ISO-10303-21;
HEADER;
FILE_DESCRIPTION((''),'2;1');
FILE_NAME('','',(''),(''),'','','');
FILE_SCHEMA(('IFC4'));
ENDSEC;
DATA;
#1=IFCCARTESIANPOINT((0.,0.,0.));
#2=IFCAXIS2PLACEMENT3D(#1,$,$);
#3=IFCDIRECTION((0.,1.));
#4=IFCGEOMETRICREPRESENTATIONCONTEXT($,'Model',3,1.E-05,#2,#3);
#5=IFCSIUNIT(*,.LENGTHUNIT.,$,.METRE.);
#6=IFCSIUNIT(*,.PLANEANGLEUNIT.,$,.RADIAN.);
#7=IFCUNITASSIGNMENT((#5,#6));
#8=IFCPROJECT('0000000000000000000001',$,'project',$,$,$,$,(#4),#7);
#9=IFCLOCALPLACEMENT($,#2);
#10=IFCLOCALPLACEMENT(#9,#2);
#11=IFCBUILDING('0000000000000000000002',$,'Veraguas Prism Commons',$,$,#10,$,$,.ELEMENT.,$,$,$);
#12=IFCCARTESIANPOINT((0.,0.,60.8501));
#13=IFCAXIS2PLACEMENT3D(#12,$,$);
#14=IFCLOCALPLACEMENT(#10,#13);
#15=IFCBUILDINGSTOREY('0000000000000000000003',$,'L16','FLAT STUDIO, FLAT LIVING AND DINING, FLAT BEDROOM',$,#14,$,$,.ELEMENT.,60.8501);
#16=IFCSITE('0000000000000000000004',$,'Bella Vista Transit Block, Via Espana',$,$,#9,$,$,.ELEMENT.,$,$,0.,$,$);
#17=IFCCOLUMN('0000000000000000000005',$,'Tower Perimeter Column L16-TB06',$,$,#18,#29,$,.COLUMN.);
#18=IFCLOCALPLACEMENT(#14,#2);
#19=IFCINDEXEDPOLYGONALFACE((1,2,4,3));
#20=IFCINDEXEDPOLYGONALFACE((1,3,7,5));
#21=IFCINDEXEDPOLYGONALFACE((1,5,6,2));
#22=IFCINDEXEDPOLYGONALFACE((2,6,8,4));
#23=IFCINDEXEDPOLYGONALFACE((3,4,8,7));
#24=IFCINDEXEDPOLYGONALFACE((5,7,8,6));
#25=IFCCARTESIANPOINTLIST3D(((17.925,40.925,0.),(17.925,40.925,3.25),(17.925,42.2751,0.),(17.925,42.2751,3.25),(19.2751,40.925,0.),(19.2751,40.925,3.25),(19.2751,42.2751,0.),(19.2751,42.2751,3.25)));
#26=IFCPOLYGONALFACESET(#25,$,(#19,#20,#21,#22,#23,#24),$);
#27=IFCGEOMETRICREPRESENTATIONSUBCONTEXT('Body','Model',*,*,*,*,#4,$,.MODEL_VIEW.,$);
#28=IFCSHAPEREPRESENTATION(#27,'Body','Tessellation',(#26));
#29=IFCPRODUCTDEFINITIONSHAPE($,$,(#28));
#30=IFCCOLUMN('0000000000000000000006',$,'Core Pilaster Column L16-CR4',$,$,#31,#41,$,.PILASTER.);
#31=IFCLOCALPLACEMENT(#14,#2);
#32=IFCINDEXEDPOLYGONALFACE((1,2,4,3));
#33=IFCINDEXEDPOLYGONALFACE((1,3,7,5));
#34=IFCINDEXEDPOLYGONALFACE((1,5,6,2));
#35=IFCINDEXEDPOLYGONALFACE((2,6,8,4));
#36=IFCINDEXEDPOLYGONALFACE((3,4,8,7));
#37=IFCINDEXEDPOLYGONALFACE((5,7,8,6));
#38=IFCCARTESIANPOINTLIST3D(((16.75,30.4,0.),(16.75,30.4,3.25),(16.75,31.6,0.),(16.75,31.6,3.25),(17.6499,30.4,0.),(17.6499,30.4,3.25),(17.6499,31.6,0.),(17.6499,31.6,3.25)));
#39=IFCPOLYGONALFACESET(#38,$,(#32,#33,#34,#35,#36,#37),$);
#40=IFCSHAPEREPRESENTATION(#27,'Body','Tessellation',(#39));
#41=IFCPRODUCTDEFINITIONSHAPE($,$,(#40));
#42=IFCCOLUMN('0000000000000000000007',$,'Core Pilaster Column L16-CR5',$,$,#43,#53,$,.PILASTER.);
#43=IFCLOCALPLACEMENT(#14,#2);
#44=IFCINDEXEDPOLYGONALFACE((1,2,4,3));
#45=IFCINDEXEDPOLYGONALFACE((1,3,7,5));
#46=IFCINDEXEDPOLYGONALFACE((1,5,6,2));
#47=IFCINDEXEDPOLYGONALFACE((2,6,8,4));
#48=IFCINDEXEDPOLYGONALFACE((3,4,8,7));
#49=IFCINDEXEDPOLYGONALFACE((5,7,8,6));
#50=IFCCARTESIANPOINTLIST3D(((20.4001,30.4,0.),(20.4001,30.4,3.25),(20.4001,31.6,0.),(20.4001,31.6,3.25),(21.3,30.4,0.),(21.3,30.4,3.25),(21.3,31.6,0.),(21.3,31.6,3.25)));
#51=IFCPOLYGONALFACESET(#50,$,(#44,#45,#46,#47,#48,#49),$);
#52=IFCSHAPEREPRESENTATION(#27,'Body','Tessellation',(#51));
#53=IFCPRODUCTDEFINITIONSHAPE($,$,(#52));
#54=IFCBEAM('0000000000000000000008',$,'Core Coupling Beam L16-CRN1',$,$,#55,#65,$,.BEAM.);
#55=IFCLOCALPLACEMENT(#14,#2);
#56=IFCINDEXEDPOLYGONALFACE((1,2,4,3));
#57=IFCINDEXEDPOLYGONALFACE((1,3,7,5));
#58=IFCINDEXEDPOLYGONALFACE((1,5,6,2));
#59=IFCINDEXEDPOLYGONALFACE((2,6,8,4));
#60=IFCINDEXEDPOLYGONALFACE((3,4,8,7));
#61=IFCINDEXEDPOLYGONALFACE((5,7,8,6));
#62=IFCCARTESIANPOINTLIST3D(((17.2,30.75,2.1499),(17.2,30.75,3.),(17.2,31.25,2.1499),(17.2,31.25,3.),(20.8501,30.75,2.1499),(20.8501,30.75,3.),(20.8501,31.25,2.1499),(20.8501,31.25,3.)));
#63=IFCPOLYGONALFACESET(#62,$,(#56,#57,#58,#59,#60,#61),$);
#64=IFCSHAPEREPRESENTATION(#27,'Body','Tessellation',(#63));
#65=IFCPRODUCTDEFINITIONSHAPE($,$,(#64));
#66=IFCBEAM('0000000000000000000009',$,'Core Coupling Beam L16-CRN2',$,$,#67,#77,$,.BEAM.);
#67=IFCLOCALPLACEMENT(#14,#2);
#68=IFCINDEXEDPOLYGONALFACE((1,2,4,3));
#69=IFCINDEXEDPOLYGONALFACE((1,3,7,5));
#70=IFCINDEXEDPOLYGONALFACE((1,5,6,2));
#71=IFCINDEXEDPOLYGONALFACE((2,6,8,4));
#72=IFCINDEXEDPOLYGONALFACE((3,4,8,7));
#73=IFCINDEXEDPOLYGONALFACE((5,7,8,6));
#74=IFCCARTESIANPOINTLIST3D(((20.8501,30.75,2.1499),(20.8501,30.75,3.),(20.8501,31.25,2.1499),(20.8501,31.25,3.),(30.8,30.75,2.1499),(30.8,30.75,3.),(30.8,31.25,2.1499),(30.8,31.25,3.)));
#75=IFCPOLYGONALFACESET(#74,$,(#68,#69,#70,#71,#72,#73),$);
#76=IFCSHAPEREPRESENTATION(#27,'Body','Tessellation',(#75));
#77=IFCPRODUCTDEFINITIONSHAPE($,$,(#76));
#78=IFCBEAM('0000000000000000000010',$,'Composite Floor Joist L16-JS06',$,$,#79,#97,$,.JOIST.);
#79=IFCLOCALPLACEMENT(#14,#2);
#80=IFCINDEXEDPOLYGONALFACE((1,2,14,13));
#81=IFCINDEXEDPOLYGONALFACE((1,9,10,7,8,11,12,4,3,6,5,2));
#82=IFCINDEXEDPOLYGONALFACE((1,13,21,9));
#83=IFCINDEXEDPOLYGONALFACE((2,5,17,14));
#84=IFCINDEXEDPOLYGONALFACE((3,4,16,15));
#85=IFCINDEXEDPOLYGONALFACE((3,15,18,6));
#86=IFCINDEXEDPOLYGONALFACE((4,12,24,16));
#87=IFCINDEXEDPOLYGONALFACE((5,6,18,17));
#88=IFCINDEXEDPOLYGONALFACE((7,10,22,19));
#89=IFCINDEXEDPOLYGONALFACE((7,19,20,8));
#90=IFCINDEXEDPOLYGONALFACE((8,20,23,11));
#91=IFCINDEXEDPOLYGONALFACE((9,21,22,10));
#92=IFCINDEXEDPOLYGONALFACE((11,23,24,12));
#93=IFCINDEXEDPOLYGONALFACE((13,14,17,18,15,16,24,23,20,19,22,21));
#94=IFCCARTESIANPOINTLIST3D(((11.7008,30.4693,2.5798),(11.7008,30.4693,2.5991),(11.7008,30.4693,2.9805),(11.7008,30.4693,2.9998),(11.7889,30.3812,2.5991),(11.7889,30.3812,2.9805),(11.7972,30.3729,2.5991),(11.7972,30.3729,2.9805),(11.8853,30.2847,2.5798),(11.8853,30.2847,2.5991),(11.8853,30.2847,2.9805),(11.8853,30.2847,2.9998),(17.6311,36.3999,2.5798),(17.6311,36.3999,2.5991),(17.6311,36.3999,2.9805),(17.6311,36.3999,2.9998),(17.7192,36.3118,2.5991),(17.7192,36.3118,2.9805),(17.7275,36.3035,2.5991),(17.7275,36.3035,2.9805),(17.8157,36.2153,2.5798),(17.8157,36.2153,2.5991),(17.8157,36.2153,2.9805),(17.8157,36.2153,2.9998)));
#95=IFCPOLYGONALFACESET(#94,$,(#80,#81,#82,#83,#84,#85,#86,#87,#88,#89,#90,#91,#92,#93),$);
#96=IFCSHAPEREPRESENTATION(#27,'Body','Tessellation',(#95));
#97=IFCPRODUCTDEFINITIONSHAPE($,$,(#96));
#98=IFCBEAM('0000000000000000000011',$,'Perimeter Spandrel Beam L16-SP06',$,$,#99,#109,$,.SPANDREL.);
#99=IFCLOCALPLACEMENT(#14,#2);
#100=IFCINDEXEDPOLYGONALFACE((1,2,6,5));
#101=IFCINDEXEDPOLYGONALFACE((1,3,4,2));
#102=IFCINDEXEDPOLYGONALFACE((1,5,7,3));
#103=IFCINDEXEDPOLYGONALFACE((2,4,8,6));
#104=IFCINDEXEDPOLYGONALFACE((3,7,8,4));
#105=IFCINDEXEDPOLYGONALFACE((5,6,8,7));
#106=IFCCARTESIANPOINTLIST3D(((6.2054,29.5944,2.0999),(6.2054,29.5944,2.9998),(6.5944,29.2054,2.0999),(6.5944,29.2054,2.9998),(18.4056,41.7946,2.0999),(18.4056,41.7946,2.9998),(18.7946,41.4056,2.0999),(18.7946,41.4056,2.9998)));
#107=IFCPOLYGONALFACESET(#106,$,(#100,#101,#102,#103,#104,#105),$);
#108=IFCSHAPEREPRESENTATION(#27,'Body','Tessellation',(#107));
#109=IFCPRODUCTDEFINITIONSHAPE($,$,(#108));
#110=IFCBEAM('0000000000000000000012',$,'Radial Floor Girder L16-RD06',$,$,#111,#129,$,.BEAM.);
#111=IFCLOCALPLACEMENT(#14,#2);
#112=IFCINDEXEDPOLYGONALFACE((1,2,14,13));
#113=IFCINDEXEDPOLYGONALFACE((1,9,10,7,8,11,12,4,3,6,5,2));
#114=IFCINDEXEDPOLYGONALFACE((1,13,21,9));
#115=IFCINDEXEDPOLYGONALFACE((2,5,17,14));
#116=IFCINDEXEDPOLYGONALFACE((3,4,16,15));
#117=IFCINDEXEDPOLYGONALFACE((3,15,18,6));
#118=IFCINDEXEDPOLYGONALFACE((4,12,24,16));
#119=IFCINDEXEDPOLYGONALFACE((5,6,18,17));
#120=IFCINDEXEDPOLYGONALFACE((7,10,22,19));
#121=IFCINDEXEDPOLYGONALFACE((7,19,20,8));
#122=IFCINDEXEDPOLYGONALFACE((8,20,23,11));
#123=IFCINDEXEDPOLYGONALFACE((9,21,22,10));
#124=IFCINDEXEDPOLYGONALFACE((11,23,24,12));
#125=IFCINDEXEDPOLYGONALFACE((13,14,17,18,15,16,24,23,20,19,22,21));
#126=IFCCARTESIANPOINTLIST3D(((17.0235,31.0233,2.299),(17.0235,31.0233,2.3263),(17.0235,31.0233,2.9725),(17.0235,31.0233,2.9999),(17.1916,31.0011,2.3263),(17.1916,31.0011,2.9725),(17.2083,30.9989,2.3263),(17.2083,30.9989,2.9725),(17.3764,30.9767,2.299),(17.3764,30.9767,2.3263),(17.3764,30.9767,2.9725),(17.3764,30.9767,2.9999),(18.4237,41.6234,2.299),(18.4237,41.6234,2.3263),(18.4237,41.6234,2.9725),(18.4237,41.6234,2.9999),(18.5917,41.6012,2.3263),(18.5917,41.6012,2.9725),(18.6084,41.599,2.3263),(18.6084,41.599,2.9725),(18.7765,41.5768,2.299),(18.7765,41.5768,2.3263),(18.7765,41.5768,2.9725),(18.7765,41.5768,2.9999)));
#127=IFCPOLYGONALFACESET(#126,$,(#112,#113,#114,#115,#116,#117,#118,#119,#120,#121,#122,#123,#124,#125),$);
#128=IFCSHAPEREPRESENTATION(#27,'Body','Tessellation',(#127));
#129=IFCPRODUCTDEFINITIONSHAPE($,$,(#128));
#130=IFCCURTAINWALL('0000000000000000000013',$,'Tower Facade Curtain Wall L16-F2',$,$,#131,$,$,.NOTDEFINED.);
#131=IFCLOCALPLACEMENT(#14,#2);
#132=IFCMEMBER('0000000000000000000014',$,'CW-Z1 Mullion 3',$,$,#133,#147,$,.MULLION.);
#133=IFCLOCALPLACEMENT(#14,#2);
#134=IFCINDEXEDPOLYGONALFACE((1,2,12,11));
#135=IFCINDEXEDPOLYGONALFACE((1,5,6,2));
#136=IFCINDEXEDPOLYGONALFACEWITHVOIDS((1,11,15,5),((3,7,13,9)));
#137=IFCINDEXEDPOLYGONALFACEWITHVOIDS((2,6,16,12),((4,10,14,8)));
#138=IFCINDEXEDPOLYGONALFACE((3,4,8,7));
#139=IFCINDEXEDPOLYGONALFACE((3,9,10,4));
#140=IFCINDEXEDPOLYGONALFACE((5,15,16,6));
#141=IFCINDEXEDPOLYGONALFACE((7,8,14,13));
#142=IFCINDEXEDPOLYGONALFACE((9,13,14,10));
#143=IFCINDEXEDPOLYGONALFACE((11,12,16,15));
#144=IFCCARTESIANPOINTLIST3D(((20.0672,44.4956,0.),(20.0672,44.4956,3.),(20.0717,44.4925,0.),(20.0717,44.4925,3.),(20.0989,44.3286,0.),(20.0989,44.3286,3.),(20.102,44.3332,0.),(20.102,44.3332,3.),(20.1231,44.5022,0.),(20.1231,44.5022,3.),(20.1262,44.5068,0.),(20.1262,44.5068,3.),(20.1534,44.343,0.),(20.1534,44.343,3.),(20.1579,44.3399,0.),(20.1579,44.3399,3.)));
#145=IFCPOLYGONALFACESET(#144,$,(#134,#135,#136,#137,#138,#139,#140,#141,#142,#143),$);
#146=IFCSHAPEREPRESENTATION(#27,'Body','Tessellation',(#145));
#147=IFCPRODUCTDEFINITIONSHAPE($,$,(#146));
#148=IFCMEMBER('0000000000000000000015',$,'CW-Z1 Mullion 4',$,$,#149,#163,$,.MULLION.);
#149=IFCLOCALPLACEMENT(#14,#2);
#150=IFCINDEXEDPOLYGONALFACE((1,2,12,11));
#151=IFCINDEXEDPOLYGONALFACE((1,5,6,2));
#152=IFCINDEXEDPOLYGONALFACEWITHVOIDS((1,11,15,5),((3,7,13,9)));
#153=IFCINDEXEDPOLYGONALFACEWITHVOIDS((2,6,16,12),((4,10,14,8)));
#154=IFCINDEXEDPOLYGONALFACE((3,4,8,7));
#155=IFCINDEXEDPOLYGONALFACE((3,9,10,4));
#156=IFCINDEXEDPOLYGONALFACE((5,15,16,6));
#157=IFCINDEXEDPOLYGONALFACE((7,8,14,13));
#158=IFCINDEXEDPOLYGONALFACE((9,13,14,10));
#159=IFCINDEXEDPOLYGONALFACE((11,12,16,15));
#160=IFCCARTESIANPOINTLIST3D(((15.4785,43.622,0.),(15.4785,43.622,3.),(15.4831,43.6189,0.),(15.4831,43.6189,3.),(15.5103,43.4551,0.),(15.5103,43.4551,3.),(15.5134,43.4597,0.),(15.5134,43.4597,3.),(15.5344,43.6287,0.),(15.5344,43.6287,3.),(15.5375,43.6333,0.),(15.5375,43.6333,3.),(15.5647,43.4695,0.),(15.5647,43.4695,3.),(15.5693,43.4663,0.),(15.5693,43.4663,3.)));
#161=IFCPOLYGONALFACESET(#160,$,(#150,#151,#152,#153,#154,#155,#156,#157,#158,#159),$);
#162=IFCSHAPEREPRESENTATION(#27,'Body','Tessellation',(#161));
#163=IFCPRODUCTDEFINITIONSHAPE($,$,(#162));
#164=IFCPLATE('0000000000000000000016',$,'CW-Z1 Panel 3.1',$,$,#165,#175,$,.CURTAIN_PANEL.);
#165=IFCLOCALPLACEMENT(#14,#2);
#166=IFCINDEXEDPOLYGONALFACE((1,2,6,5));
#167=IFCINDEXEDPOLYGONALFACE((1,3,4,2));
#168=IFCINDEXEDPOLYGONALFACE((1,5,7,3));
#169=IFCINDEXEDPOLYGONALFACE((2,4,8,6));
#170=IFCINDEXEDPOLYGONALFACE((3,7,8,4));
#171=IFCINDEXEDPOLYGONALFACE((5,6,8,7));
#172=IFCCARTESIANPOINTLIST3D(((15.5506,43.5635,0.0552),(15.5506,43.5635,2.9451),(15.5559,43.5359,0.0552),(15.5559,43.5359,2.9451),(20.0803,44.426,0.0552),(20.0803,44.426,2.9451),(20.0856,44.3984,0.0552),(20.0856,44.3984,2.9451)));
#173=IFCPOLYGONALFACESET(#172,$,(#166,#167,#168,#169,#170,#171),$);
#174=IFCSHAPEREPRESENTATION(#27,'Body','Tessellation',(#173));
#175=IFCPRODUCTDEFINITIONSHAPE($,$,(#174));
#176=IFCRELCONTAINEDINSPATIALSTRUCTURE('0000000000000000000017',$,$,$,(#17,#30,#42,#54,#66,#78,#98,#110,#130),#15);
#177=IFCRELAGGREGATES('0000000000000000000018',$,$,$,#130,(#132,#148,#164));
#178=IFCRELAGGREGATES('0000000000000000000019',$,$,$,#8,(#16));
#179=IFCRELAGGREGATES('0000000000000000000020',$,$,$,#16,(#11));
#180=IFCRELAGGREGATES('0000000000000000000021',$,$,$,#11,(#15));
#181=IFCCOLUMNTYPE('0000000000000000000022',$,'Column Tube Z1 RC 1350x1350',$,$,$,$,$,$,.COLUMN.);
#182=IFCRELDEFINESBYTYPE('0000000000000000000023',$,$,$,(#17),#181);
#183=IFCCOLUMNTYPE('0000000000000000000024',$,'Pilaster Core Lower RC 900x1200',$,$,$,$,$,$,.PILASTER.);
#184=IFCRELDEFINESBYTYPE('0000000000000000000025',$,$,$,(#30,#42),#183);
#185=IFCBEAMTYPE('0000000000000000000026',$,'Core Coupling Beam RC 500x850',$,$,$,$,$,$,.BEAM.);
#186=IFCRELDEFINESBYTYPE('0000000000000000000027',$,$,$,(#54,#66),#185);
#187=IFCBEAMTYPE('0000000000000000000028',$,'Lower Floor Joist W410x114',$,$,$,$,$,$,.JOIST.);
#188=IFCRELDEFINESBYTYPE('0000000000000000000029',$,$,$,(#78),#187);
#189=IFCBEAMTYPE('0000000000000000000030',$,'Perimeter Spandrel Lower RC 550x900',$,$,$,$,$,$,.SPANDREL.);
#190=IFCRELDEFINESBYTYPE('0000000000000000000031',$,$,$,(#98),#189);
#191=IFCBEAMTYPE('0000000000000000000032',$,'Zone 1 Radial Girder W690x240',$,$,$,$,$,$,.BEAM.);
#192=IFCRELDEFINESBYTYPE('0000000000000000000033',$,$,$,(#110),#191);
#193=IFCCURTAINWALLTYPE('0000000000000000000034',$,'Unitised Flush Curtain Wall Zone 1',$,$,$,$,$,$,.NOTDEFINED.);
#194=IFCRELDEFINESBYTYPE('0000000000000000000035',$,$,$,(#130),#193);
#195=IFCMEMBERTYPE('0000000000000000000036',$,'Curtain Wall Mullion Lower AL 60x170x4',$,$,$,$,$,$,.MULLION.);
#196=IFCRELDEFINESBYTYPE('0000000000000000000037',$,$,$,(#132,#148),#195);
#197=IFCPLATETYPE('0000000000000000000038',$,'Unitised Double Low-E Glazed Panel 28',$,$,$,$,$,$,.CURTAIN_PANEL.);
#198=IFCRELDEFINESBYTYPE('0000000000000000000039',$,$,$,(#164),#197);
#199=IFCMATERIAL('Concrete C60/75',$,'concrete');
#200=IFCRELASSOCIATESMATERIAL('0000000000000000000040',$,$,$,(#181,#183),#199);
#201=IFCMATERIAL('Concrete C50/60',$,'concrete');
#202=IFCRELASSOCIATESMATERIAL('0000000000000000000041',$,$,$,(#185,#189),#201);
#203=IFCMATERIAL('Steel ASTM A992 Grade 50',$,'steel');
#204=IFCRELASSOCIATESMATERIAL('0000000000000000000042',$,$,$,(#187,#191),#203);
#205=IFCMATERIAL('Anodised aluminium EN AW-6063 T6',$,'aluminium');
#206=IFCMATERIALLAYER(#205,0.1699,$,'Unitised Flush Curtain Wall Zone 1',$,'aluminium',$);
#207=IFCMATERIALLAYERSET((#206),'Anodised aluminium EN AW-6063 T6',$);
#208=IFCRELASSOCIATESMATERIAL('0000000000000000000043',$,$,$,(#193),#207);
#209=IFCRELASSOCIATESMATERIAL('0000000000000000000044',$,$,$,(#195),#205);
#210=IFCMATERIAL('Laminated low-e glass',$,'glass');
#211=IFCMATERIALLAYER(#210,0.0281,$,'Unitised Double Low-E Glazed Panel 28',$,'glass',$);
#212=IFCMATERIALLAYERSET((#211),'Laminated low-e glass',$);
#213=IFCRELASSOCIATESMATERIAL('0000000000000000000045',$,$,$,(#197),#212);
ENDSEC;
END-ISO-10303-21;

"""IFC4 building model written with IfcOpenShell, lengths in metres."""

from ifc_helpers import new_model, si_unit, direction, frame, origin, origin_2d, place, context, subcontext, project, spatial, rectangle, hollow_rectangle, i_section, extrude, source, transform, mapped, material, layer, layer_set, material_profile, profile_set, type_object, element, aggregate, save


model = new_model("IFC4")

# Units and contexts
model_context = context("Model", 3, precision=1e-05, world=origin(), true_north=direction((0.0, 1.0)))
body_context = subcontext(model_context, "Body", "Model", "MODEL_VIEW")
ifc_project = project(units=[si_unit("LENGTHUNIT", "METRE"), si_unit("PLANEANGLEUNIT", "RADIAN")], contexts=[model_context])

# Site, building, storey
site_placement = place(None, origin())
site = spatial("IfcSite", under=ifc_project, at=site_placement, Name="Bella Vista Transit Block, Via Espana", CompositionType="ELEMENT", RefElevation=0.0)
building_placement = place(site_placement, origin())
building = spatial("IfcBuilding", under=site, at=building_placement, Name="Veraguas Prism Commons", CompositionType="ELEMENT")
storey_placement = place(building_placement, frame((0.0, 0.0, 60.8501)))
storey = spatial("IfcBuildingStorey", under=building, at=storey_placement, Name="L16", Description="FLAT STUDIO, FLAT LIVING AND DINING, FLAT BEDROOM", CompositionType="ELEMENT", Elevation=60.8501)

# Columns
ifc_material_1 = material(Name="Concrete C60/75", Category="concrete")
ifc_material_profile_1 = material_profile(ifc_material_1, rectangle(XDim=1.3501, YDim=1.3501, at=origin_2d()), Name="RC1350X1350")
ifc_profile_set_1 = profile_set([ifc_material_profile_1], Name="Concrete C60/75")
column_type_1 = type_object("IfcColumnType", Name="Column Tube Z1 RC 1350x1350", PredefinedType="COLUMN", material=ifc_profile_set_1)
column_placement = place(storey_placement, frame((18.6001, 41.6001, 0.0), z_axis=(0.0, 0.0, 1.0), x_axis=(1.0, 0.0, 0.0)))
element("IfcColumn", 1, at=column_placement, inside=storey, type_object=column_type_1, Name="Tower Perimeter Column L16-TB06", PredefinedType="COLUMN", context=body_context, shape_type="SweptSolid", body=[
    extrude(rectangle(XDim=1.3501, YDim=1.3501, at=origin_2d()), origin(), (0.0, 0.0, 1.0), 3.25),
])
ifc_material_profile_2 = material_profile(ifc_material_1, rectangle(XDim=0.8999, YDim=1.2, at=origin_2d()), Name="RC900X1200")
ifc_profile_set_2 = profile_set([ifc_material_profile_2], Name="Concrete C60/75")
column_type_2 = type_object("IfcColumnType", Name="Pilaster Core Lower RC 900x1200", PredefinedType="PILASTER", material=ifc_profile_set_2)
for number, where, z_axis, x_axis, name in (
    (2, (17.2, 31.0, 0.0), (0.0, 0.0, 1.0), (1.0, 0.0, 0.0), "Core Pilaster Column L16-CR4"),
    (3, (20.8501, 31.0, 0.0), (0.0, 0.0, 1.0), (1.0, 0.0, 0.0), "Core Pilaster Column L16-CR5"),
):
    element("IfcColumn", number, at=place(storey_placement, frame(where, z_axis=z_axis, x_axis=x_axis)), inside=storey, type_object=column_type_2, Name=name, PredefinedType="PILASTER", context=body_context, shape_type="SweptSolid", body=[
        extrude(rectangle(XDim=0.8999, YDim=1.2, at=origin_2d()), origin(), (0.0, 0.0, 1.0), 3.25),
    ])

# Beams
ifc_material_2 = material(Name="Concrete C50/60", Category="concrete")
ifc_material_profile_3 = material_profile(ifc_material_2, rectangle(XDim=0.5, YDim=0.8501, at=origin_2d()), Name="RC500X850")
ifc_profile_set_3 = profile_set([ifc_material_profile_3], Name="Concrete C50/60")
beam_type_1 = type_object("IfcBeamType", Name="Core Coupling Beam RC 500x850", PredefinedType="BEAM", material=ifc_profile_set_3)
beam_1_placement = place(storey_placement, frame((17.2, 31.0, 2.575), z_axis=(1.0, 0.0, 0.0), x_axis=(0.0, 1.0, 0.0)))
element("IfcBeam", 4, at=beam_1_placement, inside=storey, type_object=beam_type_1, Name="Core Coupling Beam L16-CRN1", PredefinedType="BEAM", context=body_context, shape_type="SweptSolid", body=[
    extrude(rectangle(XDim=0.5, YDim=0.8501, at=origin_2d()), origin(), (0.0, 0.0, 1.0), 3.6501),
])
beam_2_placement = place(storey_placement, frame((20.8501, 31.0, 2.575), z_axis=(1.0, 0.0, 0.0), x_axis=(0.0, 1.0, 0.0)))
element("IfcBeam", 5, at=beam_2_placement, inside=storey, type_object=beam_type_1, Name="Core Coupling Beam L16-CRN2", PredefinedType="BEAM", context=body_context, shape_type="SweptSolid", body=[
    extrude(rectangle(XDim=0.5, YDim=0.8501, at=origin_2d()), origin(), (0.0, 0.0, 1.0), 9.95),
])
ifc_material_3 = material(Name="Steel ASTM A992 Grade 50", Category="steel")
ifc_material_profile_4 = material_profile(ifc_material_3, i_section(OverallWidth=0.261, OverallDepth=0.4199, WebThickness=0.0117, FlangeThickness=0.0193, at=origin_2d()), Name="W410X114")
ifc_profile_set_4 = profile_set([ifc_material_profile_4], Name="Steel ASTM A992 Grade 50")
beam_type_2 = type_object("IfcBeamType", Name="Lower Floor Joist W410x114", PredefinedType="JOIST", material=ifc_profile_set_4)
beam_3_placement = place(storey_placement, frame((17.7234, 36.3076, 2.7898), z_axis=(-0.707092, -0.707121, 0.0), x_axis=(0.707121, -0.707092, 0.0)))
element("IfcBeam", 6, at=beam_3_placement, inside=storey, type_object=beam_type_2, Name="Composite Floor Joist L16-JS06", PredefinedType="JOIST", context=body_context, shape_type="SweptSolid", body=[
    extrude(i_section(OverallWidth=0.261, OverallDepth=0.4199, WebThickness=0.0117, FlangeThickness=0.0193, at=origin_2d()), origin(), (0.0, 0.0, 1.0), 8.387),
])
ifc_material_profile_5 = material_profile(ifc_material_2, rectangle(XDim=0.55, YDim=0.8999, at=origin_2d()), Name="RC550X900")
ifc_profile_set_5 = profile_set([ifc_material_profile_5], Name="Concrete C50/60")
beam_type_3 = type_object("IfcBeamType", Name="Perimeter Spandrel Lower RC 550x900", PredefinedType="SPANDREL", material=ifc_profile_set_5)
beam_4_placement = place(storey_placement, frame((18.6001, 41.6001, 2.5498), z_axis=(-0.707107, -0.707107, 0.0), x_axis=(0.707107, -0.707107, 0.0)))
element("IfcBeam", 7, at=beam_4_placement, inside=storey, type_object=beam_type_3, Name="Perimeter Spandrel Beam L16-SP06", PredefinedType="SPANDREL", context=body_context, shape_type="SweptSolid", body=[
    extrude(rectangle(XDim=0.55, YDim=0.8999, at=origin_2d()), origin(), (0.0, 0.0, 1.0), 17.2537),
])
ifc_material_profile_6 = material_profile(ifc_material_3, i_section(OverallWidth=0.356, OverallDepth=0.7009, WebThickness=0.0168, FlangeThickness=0.0273, at=origin_2d()), Name="W690X240")
ifc_profile_set_6 = profile_set([ifc_material_profile_6], Name="Steel ASTM A992 Grade 50")
beam_type_4 = type_object("IfcBeamType", Name="Zone 1 Radial Girder W690x240", PredefinedType="BEAM", material=ifc_profile_set_6)
beam_5_placement = place(storey_placement, frame((18.6001, 41.6001, 2.6494), z_axis=(-0.130951, -0.991389, 0.0), x_axis=(0.991389, -0.130951, 0.0)))
element("IfcBeam", 8, at=beam_5_placement, inside=storey, type_object=beam_type_4, Name="Radial Floor Girder L16-RD06", PredefinedType="BEAM", context=body_context, shape_type="SweptSolid", body=[
    extrude(i_section(OverallWidth=0.356, OverallDepth=0.7009, WebThickness=0.0168, FlangeThickness=0.0273, at=origin_2d()), origin(), (0.0, 0.0, 1.0), 10.6921),
])

# Curtain wall, members, plate
ifc_material_4 = material(Name="Anodised aluminium EN AW-6063 T6", Category="aluminium")
ifc_layer_1 = layer(ifc_material_4, 0.1699, Name="Unitised Flush Curtain Wall Zone 1", Category="aluminium")
ifc_layer_set_1 = layer_set([ifc_layer_1], Name="Anodised aluminium EN AW-6063 T6")
curtain_wall_type = type_object("IfcCurtainWallType", Name="Unitised Flush Curtain Wall Zone 1", PredefinedType="NOTDEFINED", material=ifc_layer_set_1)
curtain_wall_placement = place(storey_placement, origin())
curtain_wall = element("IfcCurtainWall", 9, at=curtain_wall_placement, inside=storey, type_object=curtain_wall_type, Name="Tower Facade Curtain Wall L16-F2", PredefinedType="NOTDEFINED")
ifc_material_profile_7 = material_profile(ifc_material_4, hollow_rectangle(XDim=0.0601, YDim=0.1699, WallThickness=0.0039, at=origin_2d()), Name="AL60X170X4")
ifc_profile_set_7 = profile_set([ifc_material_profile_7], Name="Anodised aluminium EN AW-6063 T6")
member_type = type_object("IfcMemberType", Name="Curtain Wall Mullion Lower AL 60x170x4", PredefinedType="MULLION", material=ifc_profile_set_7)
shared_shape_1 = source(origin(), body_context, "Body", "SweptSolid", [
    extrude(hollow_rectangle(XDim=0.0601, YDim=0.1699, WallThickness=0.0039, at=origin_2d()), origin(), (0.0, 0.0, 1.0), 3.0),
])
member_1_placement = place(storey_placement, frame((20.1125, 44.4177, 0.0), z_axis=(0.0, 0.0, 1.0), x_axis=(-0.982353, -0.187038, 0.0)))
member_1 = element("IfcMember", 10, at=member_1_placement, type_object=member_type, Name="CW-Z1 Mullion 3", PredefinedType="MULLION", context=body_context, shape_type="MappedRepresentation", body=[
    mapped(shared_shape_1, transform((0.0, 0.0, 0.0), scale=1.0)),
])
member_2_placement = place(storey_placement, frame((15.5239, 43.5442, 0.0), z_axis=(0.0, 0.0, 1.0), x_axis=(-0.982353, -0.187038, 0.0)))
member_2 = element("IfcMember", 11, at=member_2_placement, type_object=member_type, Name="CW-Z1 Mullion 4", PredefinedType="MULLION", context=body_context, shape_type="MappedRepresentation", body=[
    mapped(shared_shape_1, transform((0.0, 0.0, 0.0), scale=1.0)),
])
ifc_material_5 = material(Name="Laminated low-e glass", Category="glass")
ifc_layer_2 = layer(ifc_material_5, 0.0281, Name="Unitised Double Low-E Glazed Panel 28", Category="glass")
ifc_layer_set_2 = layer_set([ifc_layer_2], Name="Laminated low-e glass")
plate_type = type_object("IfcPlateType", Name="Unitised Double Low-E Glazed Panel 28", PredefinedType="CURTAIN_PANEL", material=ifc_layer_set_2)
shared_shape_2 = source(origin(), body_context, "Body", "SweptSolid", [
    extrude(rectangle(XDim=4.6111, YDim=0.0281, at=origin_2d()), origin(), (0.0, 0.0, 1.0), 2.8899),
])
plate_placement = place(storey_placement, frame((17.8181, 43.981, 0.0552), z_axis=(0.0, 0.0, 1.0), x_axis=(-0.982353, -0.187038, 0.0)))
plate = element("IfcPlate", 12, at=plate_placement, type_object=plate_type, Name="CW-Z1 Panel 3.1", PredefinedType="CURTAIN_PANEL", context=body_context, shape_type="MappedRepresentation", body=[
    mapped(shared_shape_2, transform((0.0, 0.0, 0.0), scale=1.0)),
])
aggregate(curtain_wall, [member_1, member_2, plate])

save(model, "model.ifc")
